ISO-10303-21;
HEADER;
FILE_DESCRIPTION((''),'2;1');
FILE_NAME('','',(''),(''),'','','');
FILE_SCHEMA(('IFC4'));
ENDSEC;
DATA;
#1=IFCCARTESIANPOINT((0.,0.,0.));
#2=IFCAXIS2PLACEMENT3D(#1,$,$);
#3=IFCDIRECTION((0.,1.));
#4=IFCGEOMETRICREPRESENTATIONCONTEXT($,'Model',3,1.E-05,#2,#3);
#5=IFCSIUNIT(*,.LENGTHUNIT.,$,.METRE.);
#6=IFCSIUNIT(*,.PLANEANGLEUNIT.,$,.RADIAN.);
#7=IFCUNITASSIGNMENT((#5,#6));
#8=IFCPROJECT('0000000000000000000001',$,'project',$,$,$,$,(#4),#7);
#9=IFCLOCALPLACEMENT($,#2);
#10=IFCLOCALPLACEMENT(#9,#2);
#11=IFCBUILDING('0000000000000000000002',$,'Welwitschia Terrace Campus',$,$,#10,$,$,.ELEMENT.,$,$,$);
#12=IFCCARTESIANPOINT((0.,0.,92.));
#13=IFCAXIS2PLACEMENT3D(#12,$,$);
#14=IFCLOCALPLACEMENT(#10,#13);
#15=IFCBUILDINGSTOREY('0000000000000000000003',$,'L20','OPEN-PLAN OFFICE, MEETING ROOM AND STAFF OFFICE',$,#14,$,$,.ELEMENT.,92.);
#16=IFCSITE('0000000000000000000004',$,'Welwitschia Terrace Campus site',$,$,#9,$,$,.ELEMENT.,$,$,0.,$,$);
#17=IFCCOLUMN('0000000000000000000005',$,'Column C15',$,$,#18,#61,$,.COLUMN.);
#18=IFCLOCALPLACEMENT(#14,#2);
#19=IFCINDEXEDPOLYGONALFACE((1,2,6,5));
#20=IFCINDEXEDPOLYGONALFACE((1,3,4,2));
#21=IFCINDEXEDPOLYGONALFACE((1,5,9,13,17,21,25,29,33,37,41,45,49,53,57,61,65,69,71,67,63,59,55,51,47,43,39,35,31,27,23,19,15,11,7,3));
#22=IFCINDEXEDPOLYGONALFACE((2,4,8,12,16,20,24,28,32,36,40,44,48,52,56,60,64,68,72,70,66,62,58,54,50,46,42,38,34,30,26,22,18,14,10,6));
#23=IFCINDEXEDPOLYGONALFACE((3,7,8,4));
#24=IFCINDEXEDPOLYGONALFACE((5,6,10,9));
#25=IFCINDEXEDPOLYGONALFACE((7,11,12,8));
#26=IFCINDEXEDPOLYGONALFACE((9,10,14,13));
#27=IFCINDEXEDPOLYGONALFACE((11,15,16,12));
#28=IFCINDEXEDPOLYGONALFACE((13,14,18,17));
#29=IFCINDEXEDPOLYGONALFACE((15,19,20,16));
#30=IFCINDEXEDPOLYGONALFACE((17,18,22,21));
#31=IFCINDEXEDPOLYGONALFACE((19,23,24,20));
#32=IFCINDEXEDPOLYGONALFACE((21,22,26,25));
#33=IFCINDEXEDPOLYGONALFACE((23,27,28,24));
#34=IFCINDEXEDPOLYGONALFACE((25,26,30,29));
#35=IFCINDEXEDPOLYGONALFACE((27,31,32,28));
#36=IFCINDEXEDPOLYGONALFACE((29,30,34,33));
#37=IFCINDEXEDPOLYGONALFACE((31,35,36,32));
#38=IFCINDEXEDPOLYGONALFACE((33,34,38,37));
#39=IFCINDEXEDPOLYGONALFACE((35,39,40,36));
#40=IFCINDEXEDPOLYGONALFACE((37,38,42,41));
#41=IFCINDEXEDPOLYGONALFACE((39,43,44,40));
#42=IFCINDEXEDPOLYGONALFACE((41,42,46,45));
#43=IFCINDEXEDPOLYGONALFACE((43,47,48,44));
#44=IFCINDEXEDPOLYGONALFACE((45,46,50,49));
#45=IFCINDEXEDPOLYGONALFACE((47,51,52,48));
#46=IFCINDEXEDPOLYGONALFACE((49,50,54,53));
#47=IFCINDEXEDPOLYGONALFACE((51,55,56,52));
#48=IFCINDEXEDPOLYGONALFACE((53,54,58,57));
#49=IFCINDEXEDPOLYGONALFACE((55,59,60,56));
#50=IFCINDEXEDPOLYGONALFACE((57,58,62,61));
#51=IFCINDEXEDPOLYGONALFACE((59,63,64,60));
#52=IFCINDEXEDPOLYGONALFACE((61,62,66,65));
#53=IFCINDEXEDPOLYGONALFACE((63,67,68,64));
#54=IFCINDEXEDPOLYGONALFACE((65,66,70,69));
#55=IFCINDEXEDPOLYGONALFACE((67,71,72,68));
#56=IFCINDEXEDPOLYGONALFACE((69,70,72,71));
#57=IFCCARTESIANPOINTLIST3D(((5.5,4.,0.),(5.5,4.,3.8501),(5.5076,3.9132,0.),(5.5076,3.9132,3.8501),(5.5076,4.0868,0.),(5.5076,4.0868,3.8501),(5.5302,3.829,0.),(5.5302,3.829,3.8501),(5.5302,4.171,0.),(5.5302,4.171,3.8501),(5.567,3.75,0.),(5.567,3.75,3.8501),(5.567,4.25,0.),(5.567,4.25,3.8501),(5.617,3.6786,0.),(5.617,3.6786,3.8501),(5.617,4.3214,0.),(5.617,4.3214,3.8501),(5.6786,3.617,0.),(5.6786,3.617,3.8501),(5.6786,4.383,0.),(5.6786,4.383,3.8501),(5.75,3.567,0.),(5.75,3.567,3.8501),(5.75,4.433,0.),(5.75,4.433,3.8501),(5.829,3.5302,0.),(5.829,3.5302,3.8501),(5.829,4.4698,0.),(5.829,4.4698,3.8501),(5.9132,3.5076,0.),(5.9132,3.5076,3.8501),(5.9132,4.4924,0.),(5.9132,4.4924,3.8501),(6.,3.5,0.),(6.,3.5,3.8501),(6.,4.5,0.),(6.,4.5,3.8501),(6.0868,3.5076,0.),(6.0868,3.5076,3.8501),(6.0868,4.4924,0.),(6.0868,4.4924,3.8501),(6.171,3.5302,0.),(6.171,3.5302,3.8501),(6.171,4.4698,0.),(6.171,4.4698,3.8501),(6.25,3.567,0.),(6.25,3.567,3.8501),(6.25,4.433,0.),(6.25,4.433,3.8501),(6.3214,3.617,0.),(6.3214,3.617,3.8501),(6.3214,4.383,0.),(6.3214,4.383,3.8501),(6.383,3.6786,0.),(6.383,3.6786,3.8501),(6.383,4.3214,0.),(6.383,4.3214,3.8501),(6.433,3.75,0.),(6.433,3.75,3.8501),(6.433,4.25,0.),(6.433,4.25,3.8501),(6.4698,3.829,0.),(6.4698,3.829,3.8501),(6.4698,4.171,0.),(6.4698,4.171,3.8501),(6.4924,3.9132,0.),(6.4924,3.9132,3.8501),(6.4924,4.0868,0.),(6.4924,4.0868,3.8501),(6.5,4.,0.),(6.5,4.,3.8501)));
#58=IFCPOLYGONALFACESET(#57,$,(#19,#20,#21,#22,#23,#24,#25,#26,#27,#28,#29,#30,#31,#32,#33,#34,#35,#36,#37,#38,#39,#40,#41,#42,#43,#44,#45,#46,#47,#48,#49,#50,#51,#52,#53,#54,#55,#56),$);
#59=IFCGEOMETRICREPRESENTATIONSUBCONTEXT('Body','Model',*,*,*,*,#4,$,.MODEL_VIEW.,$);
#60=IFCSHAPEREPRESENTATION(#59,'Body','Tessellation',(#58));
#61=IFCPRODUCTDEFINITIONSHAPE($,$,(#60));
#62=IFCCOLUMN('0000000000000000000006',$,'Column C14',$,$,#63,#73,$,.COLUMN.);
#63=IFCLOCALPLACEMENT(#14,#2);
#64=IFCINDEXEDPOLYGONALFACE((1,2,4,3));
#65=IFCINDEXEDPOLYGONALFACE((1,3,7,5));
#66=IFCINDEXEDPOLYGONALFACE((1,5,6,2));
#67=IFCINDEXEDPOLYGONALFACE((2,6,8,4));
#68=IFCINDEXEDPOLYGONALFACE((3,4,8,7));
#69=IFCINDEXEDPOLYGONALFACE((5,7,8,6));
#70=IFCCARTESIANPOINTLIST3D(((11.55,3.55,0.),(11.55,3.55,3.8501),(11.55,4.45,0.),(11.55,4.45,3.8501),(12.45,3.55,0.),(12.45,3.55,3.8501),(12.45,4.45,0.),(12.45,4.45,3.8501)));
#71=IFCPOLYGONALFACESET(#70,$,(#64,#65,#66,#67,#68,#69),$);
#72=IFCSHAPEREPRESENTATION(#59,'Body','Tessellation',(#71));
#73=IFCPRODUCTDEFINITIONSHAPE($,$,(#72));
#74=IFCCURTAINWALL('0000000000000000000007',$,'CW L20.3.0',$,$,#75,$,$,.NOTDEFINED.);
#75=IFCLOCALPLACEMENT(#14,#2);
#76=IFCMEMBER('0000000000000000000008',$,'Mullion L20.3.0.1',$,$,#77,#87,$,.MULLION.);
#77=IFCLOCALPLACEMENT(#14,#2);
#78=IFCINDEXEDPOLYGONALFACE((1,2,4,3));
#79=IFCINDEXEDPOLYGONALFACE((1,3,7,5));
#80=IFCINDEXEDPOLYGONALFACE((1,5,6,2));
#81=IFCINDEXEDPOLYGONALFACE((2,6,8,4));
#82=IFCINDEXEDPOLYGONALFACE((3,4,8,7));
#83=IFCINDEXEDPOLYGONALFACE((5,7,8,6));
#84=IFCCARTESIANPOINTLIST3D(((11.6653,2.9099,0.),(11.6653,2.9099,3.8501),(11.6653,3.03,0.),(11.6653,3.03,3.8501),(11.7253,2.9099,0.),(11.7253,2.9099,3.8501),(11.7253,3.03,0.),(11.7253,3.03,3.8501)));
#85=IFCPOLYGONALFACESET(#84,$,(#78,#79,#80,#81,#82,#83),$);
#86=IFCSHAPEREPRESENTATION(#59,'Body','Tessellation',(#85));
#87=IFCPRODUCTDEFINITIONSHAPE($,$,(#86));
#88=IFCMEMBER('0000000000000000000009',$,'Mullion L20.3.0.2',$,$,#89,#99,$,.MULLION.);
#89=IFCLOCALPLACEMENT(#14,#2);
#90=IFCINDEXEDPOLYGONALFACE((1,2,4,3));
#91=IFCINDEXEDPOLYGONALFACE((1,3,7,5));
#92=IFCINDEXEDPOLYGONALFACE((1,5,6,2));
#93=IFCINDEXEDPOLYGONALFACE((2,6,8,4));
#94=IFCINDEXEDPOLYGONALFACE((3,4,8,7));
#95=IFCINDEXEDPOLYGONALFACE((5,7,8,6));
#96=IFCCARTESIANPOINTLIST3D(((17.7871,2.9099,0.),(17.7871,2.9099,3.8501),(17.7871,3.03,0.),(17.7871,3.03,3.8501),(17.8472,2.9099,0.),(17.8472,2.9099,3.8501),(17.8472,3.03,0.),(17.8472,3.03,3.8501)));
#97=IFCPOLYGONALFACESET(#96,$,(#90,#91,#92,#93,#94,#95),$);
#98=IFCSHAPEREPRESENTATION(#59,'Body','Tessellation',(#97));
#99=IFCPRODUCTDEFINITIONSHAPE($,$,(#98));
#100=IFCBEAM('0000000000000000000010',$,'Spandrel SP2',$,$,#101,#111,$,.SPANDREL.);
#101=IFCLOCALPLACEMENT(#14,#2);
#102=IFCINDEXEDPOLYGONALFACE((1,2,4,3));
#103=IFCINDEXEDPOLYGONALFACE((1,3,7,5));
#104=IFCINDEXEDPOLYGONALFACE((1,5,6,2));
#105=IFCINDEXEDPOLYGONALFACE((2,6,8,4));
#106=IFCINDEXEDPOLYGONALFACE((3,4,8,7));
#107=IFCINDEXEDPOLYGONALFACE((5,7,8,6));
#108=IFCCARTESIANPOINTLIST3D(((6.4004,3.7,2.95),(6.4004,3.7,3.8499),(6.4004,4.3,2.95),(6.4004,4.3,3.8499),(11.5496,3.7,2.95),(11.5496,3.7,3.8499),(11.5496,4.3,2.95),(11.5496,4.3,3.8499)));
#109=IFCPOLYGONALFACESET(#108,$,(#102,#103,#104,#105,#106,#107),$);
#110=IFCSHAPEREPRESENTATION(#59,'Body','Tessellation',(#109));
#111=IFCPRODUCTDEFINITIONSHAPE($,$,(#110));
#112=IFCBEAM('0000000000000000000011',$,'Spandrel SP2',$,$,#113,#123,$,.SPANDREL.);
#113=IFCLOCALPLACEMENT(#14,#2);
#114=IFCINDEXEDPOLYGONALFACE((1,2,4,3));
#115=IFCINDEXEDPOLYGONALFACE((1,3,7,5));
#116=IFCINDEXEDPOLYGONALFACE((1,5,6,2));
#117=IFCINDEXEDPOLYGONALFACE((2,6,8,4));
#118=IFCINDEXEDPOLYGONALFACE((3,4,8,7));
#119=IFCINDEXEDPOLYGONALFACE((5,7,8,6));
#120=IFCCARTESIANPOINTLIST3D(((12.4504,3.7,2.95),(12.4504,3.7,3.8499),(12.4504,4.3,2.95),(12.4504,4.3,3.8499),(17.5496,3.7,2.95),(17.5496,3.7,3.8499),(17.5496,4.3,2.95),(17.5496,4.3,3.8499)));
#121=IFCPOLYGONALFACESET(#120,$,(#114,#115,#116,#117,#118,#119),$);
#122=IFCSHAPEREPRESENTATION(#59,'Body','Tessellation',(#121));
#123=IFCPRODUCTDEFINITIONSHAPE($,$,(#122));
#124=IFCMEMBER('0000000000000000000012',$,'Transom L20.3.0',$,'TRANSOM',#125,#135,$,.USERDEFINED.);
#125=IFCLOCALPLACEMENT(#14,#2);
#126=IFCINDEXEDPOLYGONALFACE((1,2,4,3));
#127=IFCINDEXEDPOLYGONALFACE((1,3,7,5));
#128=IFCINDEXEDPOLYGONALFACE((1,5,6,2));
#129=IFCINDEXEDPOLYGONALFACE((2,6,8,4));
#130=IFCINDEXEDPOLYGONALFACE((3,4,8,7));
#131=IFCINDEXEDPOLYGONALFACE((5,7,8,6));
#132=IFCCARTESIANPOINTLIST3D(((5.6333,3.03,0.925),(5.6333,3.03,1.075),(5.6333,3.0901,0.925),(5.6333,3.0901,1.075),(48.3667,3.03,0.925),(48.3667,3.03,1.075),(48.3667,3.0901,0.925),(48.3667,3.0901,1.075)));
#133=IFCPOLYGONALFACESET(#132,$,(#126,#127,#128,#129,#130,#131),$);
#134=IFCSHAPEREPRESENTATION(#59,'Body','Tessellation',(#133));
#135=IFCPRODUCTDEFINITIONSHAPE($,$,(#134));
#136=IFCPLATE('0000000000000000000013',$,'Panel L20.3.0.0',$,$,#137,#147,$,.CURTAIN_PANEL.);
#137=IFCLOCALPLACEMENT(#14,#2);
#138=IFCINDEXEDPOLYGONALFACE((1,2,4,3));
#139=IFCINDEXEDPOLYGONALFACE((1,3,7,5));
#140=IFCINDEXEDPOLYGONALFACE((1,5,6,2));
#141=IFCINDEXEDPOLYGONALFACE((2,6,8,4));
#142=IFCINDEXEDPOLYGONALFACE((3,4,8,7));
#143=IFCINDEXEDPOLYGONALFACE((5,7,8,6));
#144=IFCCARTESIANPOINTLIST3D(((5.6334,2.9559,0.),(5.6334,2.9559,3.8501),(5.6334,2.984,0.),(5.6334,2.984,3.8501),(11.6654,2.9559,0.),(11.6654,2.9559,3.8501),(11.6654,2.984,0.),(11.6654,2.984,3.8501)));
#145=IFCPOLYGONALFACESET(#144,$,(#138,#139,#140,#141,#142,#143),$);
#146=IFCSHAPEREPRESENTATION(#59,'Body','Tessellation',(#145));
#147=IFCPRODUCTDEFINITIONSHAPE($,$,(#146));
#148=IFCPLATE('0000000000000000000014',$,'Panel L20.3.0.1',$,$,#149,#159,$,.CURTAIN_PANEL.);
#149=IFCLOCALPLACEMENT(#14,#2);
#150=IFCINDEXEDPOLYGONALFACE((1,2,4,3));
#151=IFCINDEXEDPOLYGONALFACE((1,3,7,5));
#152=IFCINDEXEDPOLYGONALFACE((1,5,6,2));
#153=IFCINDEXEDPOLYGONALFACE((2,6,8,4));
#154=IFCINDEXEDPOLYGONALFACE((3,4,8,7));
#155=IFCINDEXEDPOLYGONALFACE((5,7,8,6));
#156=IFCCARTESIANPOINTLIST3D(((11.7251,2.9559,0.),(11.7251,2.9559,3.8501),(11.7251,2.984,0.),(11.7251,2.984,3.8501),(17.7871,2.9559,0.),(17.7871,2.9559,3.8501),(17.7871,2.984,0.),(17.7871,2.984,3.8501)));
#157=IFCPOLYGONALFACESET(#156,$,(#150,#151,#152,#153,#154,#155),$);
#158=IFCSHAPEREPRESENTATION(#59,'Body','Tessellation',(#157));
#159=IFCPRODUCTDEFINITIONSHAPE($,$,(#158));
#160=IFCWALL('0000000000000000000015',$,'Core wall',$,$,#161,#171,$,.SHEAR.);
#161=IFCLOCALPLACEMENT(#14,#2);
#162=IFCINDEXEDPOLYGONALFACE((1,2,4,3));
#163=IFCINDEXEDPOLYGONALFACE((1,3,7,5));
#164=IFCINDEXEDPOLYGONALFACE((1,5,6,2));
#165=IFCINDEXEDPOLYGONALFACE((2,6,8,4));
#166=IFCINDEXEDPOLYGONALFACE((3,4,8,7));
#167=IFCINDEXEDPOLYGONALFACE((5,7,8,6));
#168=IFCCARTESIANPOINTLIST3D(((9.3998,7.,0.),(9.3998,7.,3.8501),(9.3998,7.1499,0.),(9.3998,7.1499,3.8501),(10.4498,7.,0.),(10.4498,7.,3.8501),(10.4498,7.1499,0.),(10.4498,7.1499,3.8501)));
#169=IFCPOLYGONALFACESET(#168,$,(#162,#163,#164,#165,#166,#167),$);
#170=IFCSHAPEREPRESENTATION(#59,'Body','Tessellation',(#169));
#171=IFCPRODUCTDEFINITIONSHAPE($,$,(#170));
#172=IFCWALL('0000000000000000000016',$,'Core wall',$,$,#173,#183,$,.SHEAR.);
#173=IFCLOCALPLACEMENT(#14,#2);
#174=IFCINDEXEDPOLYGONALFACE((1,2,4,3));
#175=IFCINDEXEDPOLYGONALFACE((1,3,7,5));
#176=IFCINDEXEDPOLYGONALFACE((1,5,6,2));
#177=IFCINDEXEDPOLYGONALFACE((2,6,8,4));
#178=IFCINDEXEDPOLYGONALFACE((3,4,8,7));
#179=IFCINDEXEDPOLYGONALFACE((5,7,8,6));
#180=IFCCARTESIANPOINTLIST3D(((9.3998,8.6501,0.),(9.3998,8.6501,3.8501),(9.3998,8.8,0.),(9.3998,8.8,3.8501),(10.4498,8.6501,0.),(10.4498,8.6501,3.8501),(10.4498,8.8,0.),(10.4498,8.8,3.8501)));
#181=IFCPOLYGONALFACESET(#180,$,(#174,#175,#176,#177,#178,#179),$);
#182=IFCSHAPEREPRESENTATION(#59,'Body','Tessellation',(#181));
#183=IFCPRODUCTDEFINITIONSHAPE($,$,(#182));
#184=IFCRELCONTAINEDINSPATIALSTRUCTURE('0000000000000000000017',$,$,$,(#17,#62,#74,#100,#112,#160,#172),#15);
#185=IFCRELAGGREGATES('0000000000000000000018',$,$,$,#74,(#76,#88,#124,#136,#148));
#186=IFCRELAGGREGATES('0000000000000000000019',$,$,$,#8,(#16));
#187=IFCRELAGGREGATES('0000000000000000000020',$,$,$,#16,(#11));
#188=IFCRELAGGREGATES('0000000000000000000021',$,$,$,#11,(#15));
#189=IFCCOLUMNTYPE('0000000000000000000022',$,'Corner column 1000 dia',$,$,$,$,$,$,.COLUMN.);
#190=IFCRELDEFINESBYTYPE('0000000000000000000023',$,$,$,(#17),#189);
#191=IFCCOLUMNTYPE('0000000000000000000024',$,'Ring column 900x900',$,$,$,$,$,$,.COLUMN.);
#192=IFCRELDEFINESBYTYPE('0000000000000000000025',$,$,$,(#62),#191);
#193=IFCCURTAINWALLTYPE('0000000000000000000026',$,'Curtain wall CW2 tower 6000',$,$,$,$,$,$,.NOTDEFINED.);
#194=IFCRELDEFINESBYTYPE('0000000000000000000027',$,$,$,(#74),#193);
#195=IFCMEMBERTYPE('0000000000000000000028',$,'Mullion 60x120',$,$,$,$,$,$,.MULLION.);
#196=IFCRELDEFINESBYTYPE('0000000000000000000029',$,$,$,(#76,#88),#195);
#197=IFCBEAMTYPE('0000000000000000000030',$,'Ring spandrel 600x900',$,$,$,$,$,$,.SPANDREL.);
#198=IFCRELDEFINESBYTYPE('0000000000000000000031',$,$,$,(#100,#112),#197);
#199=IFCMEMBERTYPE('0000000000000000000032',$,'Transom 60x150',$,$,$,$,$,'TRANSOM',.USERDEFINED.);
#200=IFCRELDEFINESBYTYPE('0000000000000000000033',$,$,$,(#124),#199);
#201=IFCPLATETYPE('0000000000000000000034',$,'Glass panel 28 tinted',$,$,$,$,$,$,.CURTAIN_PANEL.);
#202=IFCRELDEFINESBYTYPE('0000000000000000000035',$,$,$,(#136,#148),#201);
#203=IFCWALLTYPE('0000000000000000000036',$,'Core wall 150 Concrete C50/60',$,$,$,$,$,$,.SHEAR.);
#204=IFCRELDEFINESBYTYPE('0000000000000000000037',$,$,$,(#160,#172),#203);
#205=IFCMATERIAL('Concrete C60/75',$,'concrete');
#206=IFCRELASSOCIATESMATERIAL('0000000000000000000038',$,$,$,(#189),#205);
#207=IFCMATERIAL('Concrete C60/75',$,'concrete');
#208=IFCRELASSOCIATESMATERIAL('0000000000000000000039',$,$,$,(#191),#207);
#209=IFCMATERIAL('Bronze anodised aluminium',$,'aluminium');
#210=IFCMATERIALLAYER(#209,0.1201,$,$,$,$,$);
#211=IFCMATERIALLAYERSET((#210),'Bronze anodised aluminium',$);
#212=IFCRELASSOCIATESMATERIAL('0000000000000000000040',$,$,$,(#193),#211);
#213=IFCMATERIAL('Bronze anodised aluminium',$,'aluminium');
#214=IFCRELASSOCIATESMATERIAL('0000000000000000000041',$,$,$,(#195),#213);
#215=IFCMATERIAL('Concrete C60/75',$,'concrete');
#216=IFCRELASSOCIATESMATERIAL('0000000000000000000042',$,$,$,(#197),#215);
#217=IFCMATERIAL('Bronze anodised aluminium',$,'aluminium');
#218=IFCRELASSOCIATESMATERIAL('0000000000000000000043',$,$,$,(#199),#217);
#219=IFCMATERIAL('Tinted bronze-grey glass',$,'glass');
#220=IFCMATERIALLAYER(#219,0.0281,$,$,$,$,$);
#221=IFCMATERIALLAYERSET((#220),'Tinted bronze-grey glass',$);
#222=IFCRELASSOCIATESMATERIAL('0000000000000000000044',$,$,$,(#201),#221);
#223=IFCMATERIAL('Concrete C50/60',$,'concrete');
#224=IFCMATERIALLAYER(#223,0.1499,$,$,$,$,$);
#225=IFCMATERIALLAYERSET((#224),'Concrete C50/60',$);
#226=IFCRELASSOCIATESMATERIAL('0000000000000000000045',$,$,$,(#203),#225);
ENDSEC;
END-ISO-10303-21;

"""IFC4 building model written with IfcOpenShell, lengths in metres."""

from ifc_helpers import new_model, si_unit, direction, frame, frame_2d, origin, origin_2d, place, context, subcontext, project, spatial, rectangle, circle, extrude, material, layer, layer_set, material_profile, profile_set, type_object, element, aggregate, save


model = new_model("IFC4")

# Units and contexts
model_context = context("Model", 3, precision=1e-05, world=origin(), true_north=direction((0.0, 1.0)))
body_context = subcontext(model_context, "Body", "Model", "MODEL_VIEW")
ifc_project = project(units=[si_unit("LENGTHUNIT", "METRE"), si_unit("PLANEANGLEUNIT", "RADIAN")], contexts=[model_context])

# Site, building, storey
site_placement = place(None, origin())
site = spatial("IfcSite", under=ifc_project, at=site_placement, Name="Welwitschia Terrace Campus site", CompositionType="ELEMENT", RefElevation=0.0)
building_placement = place(site_placement, origin())
building = spatial("IfcBuilding", under=site, at=building_placement, Name="Welwitschia Terrace Campus", CompositionType="ELEMENT")
storey_placement = place(building_placement, frame((0.0, 0.0, 92.0)))
storey = spatial("IfcBuildingStorey", under=building, at=storey_placement, Name="L20", Description="OPEN-PLAN OFFICE, MEETING ROOM AND STAFF OFFICE", CompositionType="ELEMENT", Elevation=92.0)

# Columns
ifc_material_1 = material(Name="Concrete C60/75", Category="concrete")
ifc_material_profile_1 = material_profile(ifc_material_1, circle(Radius=0.5, at=origin_2d()))
ifc_profile_set_1 = profile_set([ifc_material_profile_1], Name="Concrete C60/75")
column_type_1 = type_object("IfcColumnType", Name="Corner column 1000 dia", PredefinedType="COLUMN", material=ifc_profile_set_1)
column_1_placement = place(storey_placement, frame((6.0, 4.0, 0.0), z_axis=(0.0, 0.0, 1.0), x_axis=(1.0, 0.0, 0.0)))
element("IfcColumn", 1, at=column_1_placement, inside=storey, type_object=column_type_1, Name="Column C15", PredefinedType="COLUMN", context=body_context, shape_type="SweptSolid", body=[
    extrude(circle(Radius=0.5, at=origin_2d()), origin(), (0.0, 0.0, 1.0), 3.8501),
])
ifc_material_2 = material(Name="Concrete C60/75", Category="concrete")
ifc_material_profile_2 = material_profile(ifc_material_2, rectangle(XDim=0.8999, YDim=0.8999, at=origin_2d()))
ifc_profile_set_2 = profile_set([ifc_material_profile_2], Name="Concrete C60/75")
column_type_2 = type_object("IfcColumnType", Name="Ring column 900x900", PredefinedType="COLUMN", material=ifc_profile_set_2)
column_2_placement = place(storey_placement, frame((12.0, 4.0, 0.0), z_axis=(0.0, 0.0, 1.0), x_axis=(1.0, 0.0, 0.0)))
element("IfcColumn", 2, at=column_2_placement, inside=storey, type_object=column_type_2, Name="Column C14", PredefinedType="COLUMN", context=body_context, shape_type="SweptSolid", body=[
    extrude(rectangle(XDim=0.8999, YDim=0.8999, at=origin_2d()), origin(), (0.0, 0.0, 1.0), 3.8501),
])

# Curtain wall, members
ifc_material_3 = material(Name="Bronze anodised aluminium", Category="aluminium")
ifc_layer_1 = layer(ifc_material_3, 0.1201)
ifc_layer_set_1 = layer_set([ifc_layer_1], Name="Bronze anodised aluminium")
curtain_wall_type = type_object("IfcCurtainWallType", Name="Curtain wall CW2 tower 6000", PredefinedType="NOTDEFINED", material=ifc_layer_set_1)
curtain_wall_placement = place(storey_placement, origin())
curtain_wall = element("IfcCurtainWall", 3, at=curtain_wall_placement, inside=storey, type_object=curtain_wall_type, Name="CW L20.3.0", PredefinedType="NOTDEFINED")
ifc_material_4 = material(Name="Bronze anodised aluminium", Category="aluminium")
ifc_material_profile_3 = material_profile(ifc_material_4, rectangle(XDim=0.1201, YDim=0.0601, at=origin_2d()))
ifc_profile_set_3 = profile_set([ifc_material_profile_3], Name="Bronze anodised aluminium")
member_type_1 = type_object("IfcMemberType", Name="Mullion 60x120", PredefinedType="MULLION", material=ifc_profile_set_3)
member_1_placement = place(storey_placement, frame((11.6953, 2.97, 0.0), z_axis=(0.0, 0.0, 1.0), x_axis=(0.0, 1.0, 0.0)))
member_1 = element("IfcMember", 4, at=member_1_placement, type_object=member_type_1, Name="Mullion L20.3.0.1", PredefinedType="MULLION", context=body_context, shape_type="SweptSolid", body=[
    extrude(rectangle(XDim=0.1201, YDim=0.0601, at=origin_2d()), origin(), (0.0, 0.0, 1.0), 3.8501),
])
member_2_placement = place(storey_placement, frame((17.8171, 2.97, 0.0), z_axis=(0.0, 0.0, 1.0), x_axis=(0.0, 1.0, 0.0)))
member_2 = element("IfcMember", 5, at=member_2_placement, type_object=member_type_1, Name="Mullion L20.3.0.2", PredefinedType="MULLION", context=body_context, shape_type="SweptSolid", body=[
    extrude(rectangle(XDim=0.1201, YDim=0.0601, at=origin_2d()), origin(), (0.0, 0.0, 1.0), 3.8501),
])

# Beams
ifc_material_5 = material(Name="Concrete C60/75", Category="concrete")
ifc_material_profile_4 = material_profile(ifc_material_5, rectangle(XDim=0.6001, YDim=0.8999, at=origin_2d()))
ifc_profile_set_4 = profile_set([ifc_material_profile_4], Name="Concrete C60/75")
beam_type = type_object("IfcBeamType", Name="Ring spandrel 600x900", PredefinedType="SPANDREL", material=ifc_profile_set_4)
beam_1_placement = place(storey_placement, frame((6.4004, 4.0, 3.3999), z_axis=(1.0, 0.0, 0.0), x_axis=(0.0, 1.0, 0.0)))
element("IfcBeam", 6, at=beam_1_placement, inside=storey, type_object=beam_type, Name="Spandrel SP2", PredefinedType="SPANDREL", context=body_context, shape_type="SweptSolid", body=[
    extrude(rectangle(XDim=0.6001, YDim=0.8999, at=origin_2d()), origin(), (0.0, 0.0, 1.0), 5.1492),
])
beam_2_placement = place(storey_placement, frame((12.4504, 4.0, 3.3999), z_axis=(1.0, 0.0, 0.0), x_axis=(0.0, 1.0, 0.0)))
element("IfcBeam", 7, at=beam_2_placement, inside=storey, type_object=beam_type, Name="Spandrel SP2", PredefinedType="SPANDREL", context=body_context, shape_type="SweptSolid", body=[
    extrude(rectangle(XDim=0.6001, YDim=0.8999, at=origin_2d()), origin(), (0.0, 0.0, 1.0), 5.0991),
])

# Member
ifc_material_6 = material(Name="Bronze anodised aluminium", Category="aluminium")
ifc_material_profile_5 = material_profile(ifc_material_6, rectangle(XDim=0.0601, YDim=0.1499, at=origin_2d()))
ifc_profile_set_5 = profile_set([ifc_material_profile_5], Name="Bronze anodised aluminium")
member_type_2 = type_object("IfcMemberType", Name="Transom 60x150", ElementType="TRANSOM", PredefinedType="USERDEFINED", material=ifc_profile_set_5)
member_3_placement = place(storey_placement, frame((5.6333, 3.0601, 1.0), z_axis=(1.0, 0.0, 0.0), x_axis=(0.0, 1.0, 0.0)))
member_3 = element("IfcMember", 8, at=member_3_placement, type_object=member_type_2, Name="Transom L20.3.0", ObjectType="TRANSOM", PredefinedType="USERDEFINED", context=body_context, shape_type="SweptSolid", body=[
    extrude(rectangle(XDim=0.0601, YDim=0.1499, at=origin_2d()), origin(), (0.0, 0.0, 1.0), 42.7334),
])

# Plates
ifc_material_7 = material(Name="Tinted bronze-grey glass", Category="glass")
ifc_layer_2 = layer(ifc_material_7, 0.0281)
ifc_layer_set_2 = layer_set([ifc_layer_2], Name="Tinted bronze-grey glass")
plate_type = type_object("IfcPlateType", Name="Glass panel 28 tinted", PredefinedType="CURTAIN_PANEL", material=ifc_layer_set_2)
plate_1_placement = place(storey_placement, frame((8.6494, 2.97, 0.0), z_axis=(0.0, 0.0, 1.0), x_axis=(1.0, 0.0, 0.0)))
plate_1 = element("IfcPlate", 9, at=plate_1_placement, type_object=plate_type, Name="Panel L20.3.0.0", PredefinedType="CURTAIN_PANEL", context=body_context, shape_type="SweptSolid", body=[
    extrude(rectangle(XDim=6.032, YDim=0.0281, at=origin_2d()), origin(), (0.0, 0.0, 1.0), 3.8501),
])
plate_2_placement = place(storey_placement, frame((14.7561, 2.97, 0.0), z_axis=(0.0, 0.0, 1.0), x_axis=(1.0, 0.0, 0.0)))
plate_2 = element("IfcPlate", 10, at=plate_2_placement, type_object=plate_type, Name="Panel L20.3.0.1", PredefinedType="CURTAIN_PANEL", context=body_context, shape_type="SweptSolid", body=[
    extrude(rectangle(XDim=6.062, YDim=0.0281, at=origin_2d()), origin(), (0.0, 0.0, 1.0), 3.8501),
])
aggregate(curtain_wall, [member_1, member_2, member_3, plate_1, plate_2])

# Walls
ifc_material_8 = material(Name="Concrete C50/60", Category="concrete")
ifc_layer_3 = layer(ifc_material_8, 0.1499)
ifc_layer_set_3 = layer_set([ifc_layer_3], Name="Concrete C50/60")
wall_type_1 = type_object("IfcWallType", Name="Core wall 150 Concrete C50/60", PredefinedType="SHEAR", material=ifc_layer_set_3)
for number, where, z_axis, x_axis, name in (
    (11, (9.3999, 7.075, 0.0), (0.0, 0.0, 1.0), (1.0, 0.0, 0.0), "Core wall"),
    (12, (9.3999, 8.7251, 0.0), (0.0, 0.0, 1.0), (1.0, 0.0, 0.0), "Core wall"),
):
    element("IfcWall", number, at=place(storey_placement, frame(where, z_axis=z_axis, x_axis=x_axis)), inside=storey, type_object=wall_type_1, Name=name, PredefinedType="SHEAR", context=body_context, shape_type="SweptSolid", body=[
        extrude(rectangle(XDim=1.05, YDim=0.1499, at=frame_2d((0.5249, 0.0))), origin(), (0.0, 0.0, 1.0), 3.8501),
    ])

save(model, "model.ifc")
